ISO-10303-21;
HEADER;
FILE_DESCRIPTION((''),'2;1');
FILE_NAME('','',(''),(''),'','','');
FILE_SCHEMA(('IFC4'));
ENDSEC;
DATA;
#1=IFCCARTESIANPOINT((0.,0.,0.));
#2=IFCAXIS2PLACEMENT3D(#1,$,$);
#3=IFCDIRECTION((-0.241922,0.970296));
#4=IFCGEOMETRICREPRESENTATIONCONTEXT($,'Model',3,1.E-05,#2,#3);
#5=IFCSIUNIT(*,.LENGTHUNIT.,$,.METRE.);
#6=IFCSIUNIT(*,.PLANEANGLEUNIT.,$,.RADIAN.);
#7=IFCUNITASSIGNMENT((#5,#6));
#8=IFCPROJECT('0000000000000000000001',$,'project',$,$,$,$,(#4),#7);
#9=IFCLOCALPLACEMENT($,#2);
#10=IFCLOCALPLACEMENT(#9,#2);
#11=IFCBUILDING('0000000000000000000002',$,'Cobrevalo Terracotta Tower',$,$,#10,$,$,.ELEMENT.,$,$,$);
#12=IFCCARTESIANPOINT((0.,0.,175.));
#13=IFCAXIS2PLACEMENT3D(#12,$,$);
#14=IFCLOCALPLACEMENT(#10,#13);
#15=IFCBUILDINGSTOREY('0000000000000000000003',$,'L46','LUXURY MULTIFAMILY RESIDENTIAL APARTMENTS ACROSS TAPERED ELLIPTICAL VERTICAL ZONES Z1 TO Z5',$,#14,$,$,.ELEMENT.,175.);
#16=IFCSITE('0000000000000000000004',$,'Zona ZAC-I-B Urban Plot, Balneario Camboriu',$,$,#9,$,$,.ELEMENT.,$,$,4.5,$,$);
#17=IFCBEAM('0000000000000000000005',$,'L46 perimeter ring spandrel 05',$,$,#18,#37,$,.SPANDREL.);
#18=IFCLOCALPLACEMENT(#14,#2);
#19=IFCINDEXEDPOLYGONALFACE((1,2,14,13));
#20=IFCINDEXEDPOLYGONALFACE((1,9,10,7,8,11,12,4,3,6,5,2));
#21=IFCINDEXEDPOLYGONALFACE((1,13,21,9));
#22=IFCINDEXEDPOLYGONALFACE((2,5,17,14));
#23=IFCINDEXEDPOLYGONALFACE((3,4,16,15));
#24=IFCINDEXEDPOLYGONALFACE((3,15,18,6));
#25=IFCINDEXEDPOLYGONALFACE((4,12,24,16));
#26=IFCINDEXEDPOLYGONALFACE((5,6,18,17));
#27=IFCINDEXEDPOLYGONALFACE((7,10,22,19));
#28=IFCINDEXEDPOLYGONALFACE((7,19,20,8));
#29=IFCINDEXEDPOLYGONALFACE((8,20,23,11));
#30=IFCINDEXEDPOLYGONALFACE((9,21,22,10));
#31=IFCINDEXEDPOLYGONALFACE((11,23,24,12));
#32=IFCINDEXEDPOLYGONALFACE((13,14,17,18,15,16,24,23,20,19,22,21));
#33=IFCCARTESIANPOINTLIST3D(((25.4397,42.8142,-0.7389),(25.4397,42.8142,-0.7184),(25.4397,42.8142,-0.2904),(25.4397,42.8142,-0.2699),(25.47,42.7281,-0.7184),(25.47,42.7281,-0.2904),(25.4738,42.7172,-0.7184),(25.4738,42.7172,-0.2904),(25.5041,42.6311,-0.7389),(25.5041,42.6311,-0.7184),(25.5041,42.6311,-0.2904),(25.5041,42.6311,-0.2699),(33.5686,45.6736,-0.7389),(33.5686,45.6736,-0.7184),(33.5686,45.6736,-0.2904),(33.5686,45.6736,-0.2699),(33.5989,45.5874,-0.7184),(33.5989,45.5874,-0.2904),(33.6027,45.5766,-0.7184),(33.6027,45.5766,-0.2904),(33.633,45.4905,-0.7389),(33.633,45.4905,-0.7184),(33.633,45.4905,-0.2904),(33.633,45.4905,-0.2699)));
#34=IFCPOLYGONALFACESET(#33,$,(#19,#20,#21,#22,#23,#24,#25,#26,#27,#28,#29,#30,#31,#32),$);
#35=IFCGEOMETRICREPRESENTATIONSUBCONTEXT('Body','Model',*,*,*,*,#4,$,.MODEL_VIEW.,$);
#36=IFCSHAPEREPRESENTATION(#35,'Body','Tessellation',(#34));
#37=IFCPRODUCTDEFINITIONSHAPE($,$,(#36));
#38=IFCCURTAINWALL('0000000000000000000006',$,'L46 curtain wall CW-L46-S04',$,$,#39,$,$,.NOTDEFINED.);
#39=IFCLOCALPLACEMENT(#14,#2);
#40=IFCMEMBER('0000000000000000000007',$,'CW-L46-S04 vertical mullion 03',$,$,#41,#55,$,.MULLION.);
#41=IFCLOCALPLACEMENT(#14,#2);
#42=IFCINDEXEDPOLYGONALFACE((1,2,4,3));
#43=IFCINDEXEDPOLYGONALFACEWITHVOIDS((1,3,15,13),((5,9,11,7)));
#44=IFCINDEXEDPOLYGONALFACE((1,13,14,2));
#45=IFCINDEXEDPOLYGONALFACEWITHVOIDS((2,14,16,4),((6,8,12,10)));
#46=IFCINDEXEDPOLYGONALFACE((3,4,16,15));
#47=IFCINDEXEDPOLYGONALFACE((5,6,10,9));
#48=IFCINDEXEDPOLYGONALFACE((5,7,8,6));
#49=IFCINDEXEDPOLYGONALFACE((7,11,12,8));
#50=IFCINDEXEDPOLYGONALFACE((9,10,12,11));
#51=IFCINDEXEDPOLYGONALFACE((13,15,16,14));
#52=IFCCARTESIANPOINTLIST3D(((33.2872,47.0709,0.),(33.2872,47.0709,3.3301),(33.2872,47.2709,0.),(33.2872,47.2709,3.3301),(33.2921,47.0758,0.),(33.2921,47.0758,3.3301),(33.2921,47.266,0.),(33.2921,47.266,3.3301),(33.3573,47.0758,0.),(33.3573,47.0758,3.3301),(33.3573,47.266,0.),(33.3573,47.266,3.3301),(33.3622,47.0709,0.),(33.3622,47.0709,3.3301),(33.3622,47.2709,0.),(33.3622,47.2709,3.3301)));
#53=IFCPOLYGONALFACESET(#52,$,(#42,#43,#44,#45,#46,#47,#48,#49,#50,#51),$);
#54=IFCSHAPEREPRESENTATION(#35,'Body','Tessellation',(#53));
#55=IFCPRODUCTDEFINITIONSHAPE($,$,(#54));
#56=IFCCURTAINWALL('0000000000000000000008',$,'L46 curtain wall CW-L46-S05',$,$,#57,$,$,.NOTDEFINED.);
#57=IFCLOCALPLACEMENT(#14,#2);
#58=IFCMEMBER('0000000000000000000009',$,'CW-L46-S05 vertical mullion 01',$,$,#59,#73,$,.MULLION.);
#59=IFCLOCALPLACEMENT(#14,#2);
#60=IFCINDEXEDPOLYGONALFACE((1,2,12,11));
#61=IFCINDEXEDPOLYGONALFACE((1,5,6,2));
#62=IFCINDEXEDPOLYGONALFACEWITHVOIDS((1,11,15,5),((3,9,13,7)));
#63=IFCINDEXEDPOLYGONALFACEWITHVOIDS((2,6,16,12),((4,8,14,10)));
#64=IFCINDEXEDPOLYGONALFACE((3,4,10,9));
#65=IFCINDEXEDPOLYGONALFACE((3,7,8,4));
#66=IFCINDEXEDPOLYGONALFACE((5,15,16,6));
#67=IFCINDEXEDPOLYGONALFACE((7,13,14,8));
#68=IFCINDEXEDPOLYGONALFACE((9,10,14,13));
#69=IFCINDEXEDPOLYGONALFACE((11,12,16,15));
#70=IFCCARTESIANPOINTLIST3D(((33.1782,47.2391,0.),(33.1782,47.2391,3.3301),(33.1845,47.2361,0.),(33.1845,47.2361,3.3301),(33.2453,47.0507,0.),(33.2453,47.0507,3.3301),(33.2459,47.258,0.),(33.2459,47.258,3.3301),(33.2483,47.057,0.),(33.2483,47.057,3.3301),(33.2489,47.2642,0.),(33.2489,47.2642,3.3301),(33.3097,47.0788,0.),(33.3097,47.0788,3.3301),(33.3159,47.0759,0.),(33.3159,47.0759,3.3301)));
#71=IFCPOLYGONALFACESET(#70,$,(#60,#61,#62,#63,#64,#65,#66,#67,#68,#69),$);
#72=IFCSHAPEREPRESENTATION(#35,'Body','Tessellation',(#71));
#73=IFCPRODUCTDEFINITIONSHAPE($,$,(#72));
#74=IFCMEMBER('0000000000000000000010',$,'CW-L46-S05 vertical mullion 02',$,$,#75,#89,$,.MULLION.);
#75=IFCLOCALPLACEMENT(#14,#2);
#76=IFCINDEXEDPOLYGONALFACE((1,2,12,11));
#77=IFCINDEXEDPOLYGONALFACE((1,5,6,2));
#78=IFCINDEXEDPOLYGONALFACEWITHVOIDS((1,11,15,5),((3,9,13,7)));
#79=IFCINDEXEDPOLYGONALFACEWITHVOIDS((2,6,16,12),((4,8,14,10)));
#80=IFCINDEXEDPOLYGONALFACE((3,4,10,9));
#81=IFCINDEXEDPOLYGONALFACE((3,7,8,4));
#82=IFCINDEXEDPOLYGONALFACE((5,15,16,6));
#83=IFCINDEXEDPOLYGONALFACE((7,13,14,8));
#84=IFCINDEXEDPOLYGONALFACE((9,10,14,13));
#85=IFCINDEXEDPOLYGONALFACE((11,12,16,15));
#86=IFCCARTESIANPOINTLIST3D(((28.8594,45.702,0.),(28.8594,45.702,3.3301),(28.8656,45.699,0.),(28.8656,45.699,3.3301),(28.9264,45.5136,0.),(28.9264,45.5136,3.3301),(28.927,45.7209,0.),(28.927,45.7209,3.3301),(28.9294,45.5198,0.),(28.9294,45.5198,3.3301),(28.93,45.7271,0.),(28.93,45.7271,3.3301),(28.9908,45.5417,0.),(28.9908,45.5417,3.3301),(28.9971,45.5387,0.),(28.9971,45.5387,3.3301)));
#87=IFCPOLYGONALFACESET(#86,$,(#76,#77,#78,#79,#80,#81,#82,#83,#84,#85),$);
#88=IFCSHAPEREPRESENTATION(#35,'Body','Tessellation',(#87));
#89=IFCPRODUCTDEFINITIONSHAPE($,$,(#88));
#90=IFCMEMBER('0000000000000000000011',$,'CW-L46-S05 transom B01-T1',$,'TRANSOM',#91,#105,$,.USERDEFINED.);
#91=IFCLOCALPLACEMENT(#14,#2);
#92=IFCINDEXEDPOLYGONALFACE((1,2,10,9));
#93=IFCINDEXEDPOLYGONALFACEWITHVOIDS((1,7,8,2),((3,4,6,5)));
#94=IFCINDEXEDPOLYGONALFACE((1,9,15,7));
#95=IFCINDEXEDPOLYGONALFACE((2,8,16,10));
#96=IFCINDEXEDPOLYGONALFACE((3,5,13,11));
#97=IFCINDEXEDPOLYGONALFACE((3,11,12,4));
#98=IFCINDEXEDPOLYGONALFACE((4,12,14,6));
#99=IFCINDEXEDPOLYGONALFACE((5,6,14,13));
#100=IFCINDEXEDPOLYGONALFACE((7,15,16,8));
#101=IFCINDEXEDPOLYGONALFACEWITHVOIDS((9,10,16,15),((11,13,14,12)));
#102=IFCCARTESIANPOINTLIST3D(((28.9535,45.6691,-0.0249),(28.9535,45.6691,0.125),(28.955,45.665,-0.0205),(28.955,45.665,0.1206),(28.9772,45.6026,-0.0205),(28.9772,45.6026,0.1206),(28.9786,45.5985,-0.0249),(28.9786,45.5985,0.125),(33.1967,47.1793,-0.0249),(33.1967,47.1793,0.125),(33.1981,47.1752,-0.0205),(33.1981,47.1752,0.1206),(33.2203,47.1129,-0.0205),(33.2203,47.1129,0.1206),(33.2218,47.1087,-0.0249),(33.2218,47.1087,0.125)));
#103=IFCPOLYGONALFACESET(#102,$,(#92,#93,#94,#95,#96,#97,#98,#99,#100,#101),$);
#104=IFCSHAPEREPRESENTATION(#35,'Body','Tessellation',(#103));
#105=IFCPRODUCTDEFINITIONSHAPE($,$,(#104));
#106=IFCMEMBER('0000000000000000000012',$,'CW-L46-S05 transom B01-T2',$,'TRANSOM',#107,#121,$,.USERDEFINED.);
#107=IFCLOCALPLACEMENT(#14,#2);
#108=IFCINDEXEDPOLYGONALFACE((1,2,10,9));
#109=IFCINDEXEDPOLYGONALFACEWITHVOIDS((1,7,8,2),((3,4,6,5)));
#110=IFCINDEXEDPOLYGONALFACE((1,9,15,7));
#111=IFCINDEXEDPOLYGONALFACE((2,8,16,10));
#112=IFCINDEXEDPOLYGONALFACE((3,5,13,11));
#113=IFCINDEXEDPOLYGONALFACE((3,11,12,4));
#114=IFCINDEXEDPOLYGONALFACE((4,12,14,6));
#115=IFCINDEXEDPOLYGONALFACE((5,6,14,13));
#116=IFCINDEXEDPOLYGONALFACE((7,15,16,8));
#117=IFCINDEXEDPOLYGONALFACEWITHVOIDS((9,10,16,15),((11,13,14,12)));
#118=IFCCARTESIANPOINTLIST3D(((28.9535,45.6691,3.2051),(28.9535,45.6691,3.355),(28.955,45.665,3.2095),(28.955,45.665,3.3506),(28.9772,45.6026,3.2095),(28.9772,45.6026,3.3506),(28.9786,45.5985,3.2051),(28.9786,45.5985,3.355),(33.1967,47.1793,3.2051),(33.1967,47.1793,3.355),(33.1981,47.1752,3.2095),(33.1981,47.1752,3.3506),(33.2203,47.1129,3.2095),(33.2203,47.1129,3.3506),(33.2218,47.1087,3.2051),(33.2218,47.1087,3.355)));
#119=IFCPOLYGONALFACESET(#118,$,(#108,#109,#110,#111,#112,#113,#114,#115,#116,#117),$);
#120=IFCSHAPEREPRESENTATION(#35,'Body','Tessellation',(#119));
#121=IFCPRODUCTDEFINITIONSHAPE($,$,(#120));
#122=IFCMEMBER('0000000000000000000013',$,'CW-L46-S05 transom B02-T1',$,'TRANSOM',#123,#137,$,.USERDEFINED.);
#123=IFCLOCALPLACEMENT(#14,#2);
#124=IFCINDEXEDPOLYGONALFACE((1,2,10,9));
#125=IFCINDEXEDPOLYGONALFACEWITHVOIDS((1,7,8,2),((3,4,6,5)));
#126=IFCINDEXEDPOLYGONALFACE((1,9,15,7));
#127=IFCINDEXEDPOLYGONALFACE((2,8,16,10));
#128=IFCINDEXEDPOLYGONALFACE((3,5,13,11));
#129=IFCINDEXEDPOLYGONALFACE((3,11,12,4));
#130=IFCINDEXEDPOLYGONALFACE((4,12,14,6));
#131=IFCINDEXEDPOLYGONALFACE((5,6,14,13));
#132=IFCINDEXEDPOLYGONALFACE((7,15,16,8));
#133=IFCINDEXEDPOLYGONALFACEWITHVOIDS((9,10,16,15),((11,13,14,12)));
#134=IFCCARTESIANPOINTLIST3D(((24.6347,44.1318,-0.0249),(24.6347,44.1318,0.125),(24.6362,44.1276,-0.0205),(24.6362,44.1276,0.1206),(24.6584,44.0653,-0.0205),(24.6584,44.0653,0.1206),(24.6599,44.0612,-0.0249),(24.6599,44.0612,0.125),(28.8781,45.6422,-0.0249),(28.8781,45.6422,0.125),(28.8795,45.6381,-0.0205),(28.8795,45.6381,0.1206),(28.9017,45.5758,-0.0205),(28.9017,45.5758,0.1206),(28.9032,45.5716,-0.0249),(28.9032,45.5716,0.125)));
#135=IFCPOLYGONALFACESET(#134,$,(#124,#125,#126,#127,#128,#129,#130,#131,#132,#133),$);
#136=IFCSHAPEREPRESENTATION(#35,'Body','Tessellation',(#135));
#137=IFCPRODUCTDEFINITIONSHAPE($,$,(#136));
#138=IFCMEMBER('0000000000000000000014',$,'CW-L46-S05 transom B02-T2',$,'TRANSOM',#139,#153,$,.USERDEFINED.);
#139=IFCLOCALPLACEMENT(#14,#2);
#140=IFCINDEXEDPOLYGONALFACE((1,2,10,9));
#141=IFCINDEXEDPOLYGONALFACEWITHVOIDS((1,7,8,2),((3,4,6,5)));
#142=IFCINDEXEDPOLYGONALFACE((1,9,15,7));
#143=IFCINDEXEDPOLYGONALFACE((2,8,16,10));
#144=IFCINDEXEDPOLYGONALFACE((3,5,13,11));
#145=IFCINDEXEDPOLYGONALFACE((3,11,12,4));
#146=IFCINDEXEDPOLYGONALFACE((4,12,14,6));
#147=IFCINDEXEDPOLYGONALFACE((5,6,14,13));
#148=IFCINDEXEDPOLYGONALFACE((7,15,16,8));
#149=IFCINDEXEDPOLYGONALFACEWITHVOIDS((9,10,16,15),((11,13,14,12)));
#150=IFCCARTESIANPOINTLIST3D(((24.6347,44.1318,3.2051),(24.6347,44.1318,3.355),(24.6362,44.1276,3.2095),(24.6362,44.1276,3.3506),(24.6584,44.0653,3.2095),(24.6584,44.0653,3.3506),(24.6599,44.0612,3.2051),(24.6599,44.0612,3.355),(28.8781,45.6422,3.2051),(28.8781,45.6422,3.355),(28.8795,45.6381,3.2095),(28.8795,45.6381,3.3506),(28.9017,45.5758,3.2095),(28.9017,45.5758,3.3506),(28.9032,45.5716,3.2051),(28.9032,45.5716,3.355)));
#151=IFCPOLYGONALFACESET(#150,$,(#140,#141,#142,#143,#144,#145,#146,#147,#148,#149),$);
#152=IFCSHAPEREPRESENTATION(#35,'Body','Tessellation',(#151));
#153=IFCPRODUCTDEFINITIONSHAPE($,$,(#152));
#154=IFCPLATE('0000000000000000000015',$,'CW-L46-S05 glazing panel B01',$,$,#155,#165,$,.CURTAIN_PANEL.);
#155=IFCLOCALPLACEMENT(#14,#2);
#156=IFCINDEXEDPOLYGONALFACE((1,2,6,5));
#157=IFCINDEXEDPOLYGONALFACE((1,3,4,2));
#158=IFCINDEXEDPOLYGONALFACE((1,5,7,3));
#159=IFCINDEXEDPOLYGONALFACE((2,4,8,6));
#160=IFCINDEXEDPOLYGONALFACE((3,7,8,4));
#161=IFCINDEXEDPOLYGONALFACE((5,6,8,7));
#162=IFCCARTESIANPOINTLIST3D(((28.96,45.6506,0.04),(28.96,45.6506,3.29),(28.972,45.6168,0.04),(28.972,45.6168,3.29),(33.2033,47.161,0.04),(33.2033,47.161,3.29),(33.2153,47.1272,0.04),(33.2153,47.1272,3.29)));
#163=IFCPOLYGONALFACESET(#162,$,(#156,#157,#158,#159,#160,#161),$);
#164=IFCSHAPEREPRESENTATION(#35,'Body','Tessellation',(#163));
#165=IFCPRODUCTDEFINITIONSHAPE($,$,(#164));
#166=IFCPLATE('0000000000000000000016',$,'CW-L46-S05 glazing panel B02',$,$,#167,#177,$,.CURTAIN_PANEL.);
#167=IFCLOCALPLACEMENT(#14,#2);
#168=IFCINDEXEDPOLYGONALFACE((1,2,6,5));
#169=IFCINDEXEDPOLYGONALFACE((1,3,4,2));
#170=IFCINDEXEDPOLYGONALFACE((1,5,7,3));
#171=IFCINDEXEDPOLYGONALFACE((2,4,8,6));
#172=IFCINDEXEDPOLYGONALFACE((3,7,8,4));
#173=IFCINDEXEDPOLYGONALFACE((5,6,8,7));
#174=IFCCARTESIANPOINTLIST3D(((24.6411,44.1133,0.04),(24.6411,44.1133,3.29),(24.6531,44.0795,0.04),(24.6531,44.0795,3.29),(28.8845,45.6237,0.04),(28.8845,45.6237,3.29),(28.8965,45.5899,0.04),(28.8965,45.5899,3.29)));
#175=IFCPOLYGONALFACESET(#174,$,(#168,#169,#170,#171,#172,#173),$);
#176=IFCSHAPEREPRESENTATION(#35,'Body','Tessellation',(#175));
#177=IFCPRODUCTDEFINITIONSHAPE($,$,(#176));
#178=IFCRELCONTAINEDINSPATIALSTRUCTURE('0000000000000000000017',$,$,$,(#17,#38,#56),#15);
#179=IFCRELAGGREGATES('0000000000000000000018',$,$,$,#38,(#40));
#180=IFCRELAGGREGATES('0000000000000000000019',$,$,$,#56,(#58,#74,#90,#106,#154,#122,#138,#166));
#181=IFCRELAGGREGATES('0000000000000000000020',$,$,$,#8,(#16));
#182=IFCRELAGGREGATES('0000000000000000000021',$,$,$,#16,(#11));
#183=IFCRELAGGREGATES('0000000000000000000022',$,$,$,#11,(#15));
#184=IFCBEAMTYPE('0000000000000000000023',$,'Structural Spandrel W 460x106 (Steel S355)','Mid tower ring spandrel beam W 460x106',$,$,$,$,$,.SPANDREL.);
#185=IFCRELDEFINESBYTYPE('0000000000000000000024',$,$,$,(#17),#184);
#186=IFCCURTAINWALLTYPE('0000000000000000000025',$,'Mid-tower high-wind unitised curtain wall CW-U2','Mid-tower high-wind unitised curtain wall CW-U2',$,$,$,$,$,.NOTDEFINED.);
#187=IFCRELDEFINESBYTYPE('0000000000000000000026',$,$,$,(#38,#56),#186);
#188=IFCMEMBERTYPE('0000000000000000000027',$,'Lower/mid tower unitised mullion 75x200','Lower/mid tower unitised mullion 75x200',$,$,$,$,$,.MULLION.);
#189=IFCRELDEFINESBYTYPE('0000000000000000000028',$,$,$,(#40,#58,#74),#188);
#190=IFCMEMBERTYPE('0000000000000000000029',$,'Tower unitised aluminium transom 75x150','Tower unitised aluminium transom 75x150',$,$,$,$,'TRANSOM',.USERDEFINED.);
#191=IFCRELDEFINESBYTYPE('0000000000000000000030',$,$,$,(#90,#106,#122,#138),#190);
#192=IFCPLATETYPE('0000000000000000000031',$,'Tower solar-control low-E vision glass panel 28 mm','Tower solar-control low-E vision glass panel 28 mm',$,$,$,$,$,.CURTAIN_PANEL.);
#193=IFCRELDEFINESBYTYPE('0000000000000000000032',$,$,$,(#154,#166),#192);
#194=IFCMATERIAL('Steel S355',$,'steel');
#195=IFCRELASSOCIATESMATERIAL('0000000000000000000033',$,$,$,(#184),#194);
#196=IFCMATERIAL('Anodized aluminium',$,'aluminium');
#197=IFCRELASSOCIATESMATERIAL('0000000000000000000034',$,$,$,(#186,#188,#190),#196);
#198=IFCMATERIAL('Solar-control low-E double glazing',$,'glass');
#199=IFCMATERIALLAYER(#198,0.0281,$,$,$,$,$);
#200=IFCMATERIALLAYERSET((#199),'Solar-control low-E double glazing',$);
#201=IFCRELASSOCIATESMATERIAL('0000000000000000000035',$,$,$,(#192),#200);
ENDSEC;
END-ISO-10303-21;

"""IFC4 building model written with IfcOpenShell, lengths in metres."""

from ifc_helpers import new_model, si_unit, direction, frame, origin, origin_2d, place, context, subcontext, project, spatial, rectangle, hollow_rectangle, i_section, extrude, source, transform, mapped, material, layer, layer_set, material_profile, profile_set, type_object, element, aggregate, save


model = new_model("IFC4")

# Units and contexts
model_context = context("Model", 3, precision=1e-05, world=origin(), true_north=direction((-0.241922, 0.970296)))
body_context = subcontext(model_context, "Body", "Model", "MODEL_VIEW")
ifc_project = project(units=[si_unit("LENGTHUNIT", "METRE"), si_unit("PLANEANGLEUNIT", "RADIAN")], contexts=[model_context])

# Site, building, storey
site_placement = place(None, origin())
site = spatial("IfcSite", under=ifc_project, at=site_placement, Name="Zona ZAC-I-B Urban Plot, Balneario Camboriu", CompositionType="ELEMENT", RefElevation=4.5)
building_placement = place(site_placement, origin())
building = spatial("IfcBuilding", under=site, at=building_placement, Name="Cobrevalo Terracotta Tower", CompositionType="ELEMENT")
storey_placement = place(building_placement, frame((0.0, 0.0, 175.0)))
storey = spatial("IfcBuildingStorey", under=building, at=storey_placement, Name="L46", Description="LUXURY MULTIFAMILY RESIDENTIAL APARTMENTS ACROSS TAPERED ELLIPTICAL VERTICAL ZONES Z1 TO Z5", CompositionType="ELEMENT", Elevation=175.0)

# Shared definitions
ifc_material_1 = material(Name="Steel S355", Category="steel")

# Beam
ifc_material_profile_1 = material_profile(ifc_material_1, i_section(OverallWidth=0.1941, OverallDepth=0.469, WebThickness=0.0115, FlangeThickness=0.0205, at=origin_2d()), Name="W 460x106")
ifc_profile_set_1 = profile_set([ifc_material_profile_1], Name="Steel S355")
beam_type_1 = type_object("IfcBeamType", Name="Structural Spandrel W 460x106 (Steel S355)", Description="Mid tower ring spandrel beam W 460x106", PredefinedType="SPANDREL", material=ifc_profile_set_1)
beam_1_placement = place(storey_placement, frame((33.6008, 45.582, -0.5044), z_axis=(-0.943341, -0.331824, 0.0), x_axis=(0.331824, -0.943341, 0.0)))
element("IfcBeam", 1, at=beam_1_placement, inside=storey, type_object=beam_type_1, Name="L46 perimeter ring spandrel 05", PredefinedType="SPANDREL", context=body_context, shape_type="SweptSolid", body=[
    extrude(i_section(OverallWidth=0.1941, OverallDepth=0.469, WebThickness=0.0115, FlangeThickness=0.0205, at=origin_2d()), origin(), (0.0, 0.0, 1.0), 8.6172),
])

# Curtain wall, member
ifc_material_2 = material(Name="Anodized aluminium", Category="aluminium")
curtain_wall_type = type_object("IfcCurtainWallType", Name="Mid-tower high-wind unitised curtain wall CW-U2", Description="Mid-tower high-wind unitised curtain wall CW-U2", PredefinedType="NOTDEFINED", material=ifc_material_2)
curtain_wall_1_placement = place(storey_placement, origin())
curtain_wall_1 = element("IfcCurtainWall", 2, at=curtain_wall_1_placement, inside=storey, type_object=curtain_wall_type, Name="L46 curtain wall CW-L46-S04", PredefinedType="NOTDEFINED")
ifc_material_profile_2 = material_profile(ifc_material_2, hollow_rectangle(XDim=0.075, YDim=0.2, WallThickness=0.0049, at=origin_2d()), Name="CWM 75x200")
ifc_profile_set_2 = profile_set([ifc_material_profile_2], Name="Anodized aluminium")
member_type_1 = type_object("IfcMemberType", Name="Lower/mid tower unitised mullion 75x200", Description="Lower/mid tower unitised mullion 75x200", PredefinedType="MULLION", material=ifc_profile_set_2)
shared_shape_1 = source(origin(), body_context, "Body", "SweptSolid", [
    extrude(hollow_rectangle(XDim=0.075, YDim=0.2, WallThickness=0.0049, at=origin_2d()), origin(), (0.0, 0.0, 1.0), 3.3301),
])
member_1_placement = place(storey_placement, frame((33.3247, 47.1709, 0.0), z_axis=(0.0, 0.0, 1.0), x_axis=(-1.0, 0.0, 0.0)))
member_1 = element("IfcMember", 3, at=member_1_placement, type_object=member_type_1, Name="CW-L46-S04 vertical mullion 03", PredefinedType="MULLION", context=body_context, shape_type="MappedRepresentation", body=[
    mapped(shared_shape_1, transform((0.0, 0.0, 0.0), scale=1.0)),
])
aggregate(curtain_wall_1, [member_1])

# Curtain wall, members, plates
curtain_wall_2_placement = place(storey_placement, origin())
curtain_wall_2 = element("IfcCurtainWall", 4, at=curtain_wall_2_placement, inside=storey, type_object=curtain_wall_type, Name="L46 curtain wall CW-L46-S05", PredefinedType="NOTDEFINED")
member_2_placement = place(storey_placement, frame((33.2471, 47.1575, 0.0), z_axis=(0.0, 0.0, 1.0), x_axis=(-0.942098, -0.335336, 0.0)))
member_2 = element("IfcMember", 5, at=member_2_placement, type_object=member_type_1, Name="CW-L46-S05 vertical mullion 01", PredefinedType="MULLION", context=body_context, shape_type="MappedRepresentation", body=[
    mapped(shared_shape_1, transform((0.0, 0.0, 0.0), scale=1.0)),
])
member_3_placement = place(storey_placement, frame((28.9282, 45.6204, 0.0), z_axis=(0.0, 0.0, 1.0), x_axis=(-0.942098, -0.335336, 0.0)))
member_3 = element("IfcMember", 6, at=member_3_placement, type_object=member_type_1, Name="CW-L46-S05 vertical mullion 02", PredefinedType="MULLION", context=body_context, shape_type="MappedRepresentation", body=[
    mapped(shared_shape_1, transform((0.0, 0.0, 0.0), scale=1.0)),
])
ifc_material_profile_3 = material_profile(ifc_material_2, hollow_rectangle(XDim=0.075, YDim=0.1499, WallThickness=0.0044, at=origin_2d()), Name="CWT 75x150")
ifc_profile_set_3 = profile_set([ifc_material_profile_3], Name="Anodized aluminium")
member_type_2 = type_object("IfcMemberType", Name="Tower unitised aluminium transom 75x150", Description="Tower unitised aluminium transom 75x150", ElementType="TRANSOM", PredefinedType="USERDEFINED", material=ifc_profile_set_3)
shared_shape_2 = source(origin(), body_context, "Body", "SweptSolid", [
    extrude(hollow_rectangle(XDim=0.075, YDim=0.1499, WallThickness=0.0044, at=origin_2d()), origin(), (0.0, 0.0, 1.0), 4.5039),
])
member_4_placement = place(storey_placement, frame((33.2092, 47.144, 0.05), z_axis=(-0.942104, -0.33532, 0.0), x_axis=(0.33532, -0.942104, 0.0)))
member_4 = element("IfcMember", 7, at=member_4_placement, type_object=member_type_2, Name="CW-L46-S05 transom B01-T1", ObjectType="TRANSOM", PredefinedType="USERDEFINED", context=body_context, shape_type="MappedRepresentation", body=[
    mapped(shared_shape_2, transform((0.0, 0.0, 0.0), scale=1.0)),
])
member_5_placement = place(storey_placement, frame((33.2092, 47.144, 3.28), z_axis=(-0.942104, -0.33532, 0.0), x_axis=(0.33532, -0.942104, 0.0)))
member_5 = element("IfcMember", 8, at=member_5_placement, type_object=member_type_2, Name="CW-L46-S05 transom B01-T2", ObjectType="TRANSOM", PredefinedType="USERDEFINED", context=body_context, shape_type="MappedRepresentation", body=[
    mapped(shared_shape_2, transform((0.0, 0.0, 0.0), scale=1.0)),
])
shared_shape_3 = source(origin(), body_context, "Body", "SweptSolid", [
    extrude(hollow_rectangle(XDim=0.075, YDim=0.1499, WallThickness=0.0044, at=origin_2d()), origin(), (0.0, 0.0, 1.0), 4.5042),
])
member_6_placement = place(storey_placement, frame((28.8906, 45.6069, 0.05), z_axis=(-0.942093, -0.335351, 0.0), x_axis=(0.335351, -0.942093, 0.0)))
member_6 = element("IfcMember", 9, at=member_6_placement, type_object=member_type_2, Name="CW-L46-S05 transom B02-T1", ObjectType="TRANSOM", PredefinedType="USERDEFINED", context=body_context, shape_type="MappedRepresentation", body=[
    mapped(shared_shape_3, transform((0.0, 0.0, 0.0), scale=1.0)),
])
member_7_placement = place(storey_placement, frame((28.8906, 45.6069, 3.28), z_axis=(-0.942093, -0.335351, 0.0), x_axis=(0.335351, -0.942093, 0.0)))
member_7 = element("IfcMember", 10, at=member_7_placement, type_object=member_type_2, Name="CW-L46-S05 transom B02-T2", ObjectType="TRANSOM", PredefinedType="USERDEFINED", context=body_context, shape_type="MappedRepresentation", body=[
    mapped(shared_shape_3, transform((0.0, 0.0, 0.0), scale=1.0)),
])
ifc_material_3 = material(Name="Solar-control low-E double glazing", Category="glass")
ifc_layer_1 = layer(ifc_material_3, 0.0281)
ifc_layer_set_1 = layer_set([ifc_layer_1], Name="Solar-control low-E double glazing")
plate_type = type_object("IfcPlateType", Name="Tower solar-control low-E vision glass panel 28 mm", Description="Tower solar-control low-E vision glass panel 28 mm", PredefinedType="CURTAIN_PANEL", material=ifc_layer_set_1)
shared_shape_4 = source(origin(), body_context, "Body", "SweptSolid", [
    extrude(rectangle(XDim=4.5042, YDim=0.0359, at=origin_2d()), origin(), (0.0, 0.0, 1.0), 3.25),
])
plate_1_placement = place(storey_placement, frame((31.0876, 46.3889, 0.04), z_axis=(0.0, 0.0, 1.0), x_axis=(-0.942098, -0.335336, 0.0)))
plate_1 = element("IfcPlate", 11, at=plate_1_placement, type_object=plate_type, Name="CW-L46-S05 glazing panel B01", PredefinedType="CURTAIN_PANEL", context=body_context, shape_type="MappedRepresentation", body=[
    mapped(shared_shape_4, transform((0.0, 0.0, 0.0), scale=1.0)),
])
plate_2_placement = place(storey_placement, frame((26.7688, 44.8516, 0.04), z_axis=(0.0, 0.0, 1.0), x_axis=(-0.942098, -0.335336, 0.0)))
plate_2 = element("IfcPlate", 12, at=plate_2_placement, type_object=plate_type, Name="CW-L46-S05 glazing panel B02", PredefinedType="CURTAIN_PANEL", context=body_context, shape_type="MappedRepresentation", body=[
    mapped(shared_shape_4, transform((0.0, 0.0, 0.0), scale=1.0)),
])
aggregate(curtain_wall_2, [member_2, member_3, member_4, member_5, plate_1, member_6, member_7, plate_2])

save(model, "model.ifc")
